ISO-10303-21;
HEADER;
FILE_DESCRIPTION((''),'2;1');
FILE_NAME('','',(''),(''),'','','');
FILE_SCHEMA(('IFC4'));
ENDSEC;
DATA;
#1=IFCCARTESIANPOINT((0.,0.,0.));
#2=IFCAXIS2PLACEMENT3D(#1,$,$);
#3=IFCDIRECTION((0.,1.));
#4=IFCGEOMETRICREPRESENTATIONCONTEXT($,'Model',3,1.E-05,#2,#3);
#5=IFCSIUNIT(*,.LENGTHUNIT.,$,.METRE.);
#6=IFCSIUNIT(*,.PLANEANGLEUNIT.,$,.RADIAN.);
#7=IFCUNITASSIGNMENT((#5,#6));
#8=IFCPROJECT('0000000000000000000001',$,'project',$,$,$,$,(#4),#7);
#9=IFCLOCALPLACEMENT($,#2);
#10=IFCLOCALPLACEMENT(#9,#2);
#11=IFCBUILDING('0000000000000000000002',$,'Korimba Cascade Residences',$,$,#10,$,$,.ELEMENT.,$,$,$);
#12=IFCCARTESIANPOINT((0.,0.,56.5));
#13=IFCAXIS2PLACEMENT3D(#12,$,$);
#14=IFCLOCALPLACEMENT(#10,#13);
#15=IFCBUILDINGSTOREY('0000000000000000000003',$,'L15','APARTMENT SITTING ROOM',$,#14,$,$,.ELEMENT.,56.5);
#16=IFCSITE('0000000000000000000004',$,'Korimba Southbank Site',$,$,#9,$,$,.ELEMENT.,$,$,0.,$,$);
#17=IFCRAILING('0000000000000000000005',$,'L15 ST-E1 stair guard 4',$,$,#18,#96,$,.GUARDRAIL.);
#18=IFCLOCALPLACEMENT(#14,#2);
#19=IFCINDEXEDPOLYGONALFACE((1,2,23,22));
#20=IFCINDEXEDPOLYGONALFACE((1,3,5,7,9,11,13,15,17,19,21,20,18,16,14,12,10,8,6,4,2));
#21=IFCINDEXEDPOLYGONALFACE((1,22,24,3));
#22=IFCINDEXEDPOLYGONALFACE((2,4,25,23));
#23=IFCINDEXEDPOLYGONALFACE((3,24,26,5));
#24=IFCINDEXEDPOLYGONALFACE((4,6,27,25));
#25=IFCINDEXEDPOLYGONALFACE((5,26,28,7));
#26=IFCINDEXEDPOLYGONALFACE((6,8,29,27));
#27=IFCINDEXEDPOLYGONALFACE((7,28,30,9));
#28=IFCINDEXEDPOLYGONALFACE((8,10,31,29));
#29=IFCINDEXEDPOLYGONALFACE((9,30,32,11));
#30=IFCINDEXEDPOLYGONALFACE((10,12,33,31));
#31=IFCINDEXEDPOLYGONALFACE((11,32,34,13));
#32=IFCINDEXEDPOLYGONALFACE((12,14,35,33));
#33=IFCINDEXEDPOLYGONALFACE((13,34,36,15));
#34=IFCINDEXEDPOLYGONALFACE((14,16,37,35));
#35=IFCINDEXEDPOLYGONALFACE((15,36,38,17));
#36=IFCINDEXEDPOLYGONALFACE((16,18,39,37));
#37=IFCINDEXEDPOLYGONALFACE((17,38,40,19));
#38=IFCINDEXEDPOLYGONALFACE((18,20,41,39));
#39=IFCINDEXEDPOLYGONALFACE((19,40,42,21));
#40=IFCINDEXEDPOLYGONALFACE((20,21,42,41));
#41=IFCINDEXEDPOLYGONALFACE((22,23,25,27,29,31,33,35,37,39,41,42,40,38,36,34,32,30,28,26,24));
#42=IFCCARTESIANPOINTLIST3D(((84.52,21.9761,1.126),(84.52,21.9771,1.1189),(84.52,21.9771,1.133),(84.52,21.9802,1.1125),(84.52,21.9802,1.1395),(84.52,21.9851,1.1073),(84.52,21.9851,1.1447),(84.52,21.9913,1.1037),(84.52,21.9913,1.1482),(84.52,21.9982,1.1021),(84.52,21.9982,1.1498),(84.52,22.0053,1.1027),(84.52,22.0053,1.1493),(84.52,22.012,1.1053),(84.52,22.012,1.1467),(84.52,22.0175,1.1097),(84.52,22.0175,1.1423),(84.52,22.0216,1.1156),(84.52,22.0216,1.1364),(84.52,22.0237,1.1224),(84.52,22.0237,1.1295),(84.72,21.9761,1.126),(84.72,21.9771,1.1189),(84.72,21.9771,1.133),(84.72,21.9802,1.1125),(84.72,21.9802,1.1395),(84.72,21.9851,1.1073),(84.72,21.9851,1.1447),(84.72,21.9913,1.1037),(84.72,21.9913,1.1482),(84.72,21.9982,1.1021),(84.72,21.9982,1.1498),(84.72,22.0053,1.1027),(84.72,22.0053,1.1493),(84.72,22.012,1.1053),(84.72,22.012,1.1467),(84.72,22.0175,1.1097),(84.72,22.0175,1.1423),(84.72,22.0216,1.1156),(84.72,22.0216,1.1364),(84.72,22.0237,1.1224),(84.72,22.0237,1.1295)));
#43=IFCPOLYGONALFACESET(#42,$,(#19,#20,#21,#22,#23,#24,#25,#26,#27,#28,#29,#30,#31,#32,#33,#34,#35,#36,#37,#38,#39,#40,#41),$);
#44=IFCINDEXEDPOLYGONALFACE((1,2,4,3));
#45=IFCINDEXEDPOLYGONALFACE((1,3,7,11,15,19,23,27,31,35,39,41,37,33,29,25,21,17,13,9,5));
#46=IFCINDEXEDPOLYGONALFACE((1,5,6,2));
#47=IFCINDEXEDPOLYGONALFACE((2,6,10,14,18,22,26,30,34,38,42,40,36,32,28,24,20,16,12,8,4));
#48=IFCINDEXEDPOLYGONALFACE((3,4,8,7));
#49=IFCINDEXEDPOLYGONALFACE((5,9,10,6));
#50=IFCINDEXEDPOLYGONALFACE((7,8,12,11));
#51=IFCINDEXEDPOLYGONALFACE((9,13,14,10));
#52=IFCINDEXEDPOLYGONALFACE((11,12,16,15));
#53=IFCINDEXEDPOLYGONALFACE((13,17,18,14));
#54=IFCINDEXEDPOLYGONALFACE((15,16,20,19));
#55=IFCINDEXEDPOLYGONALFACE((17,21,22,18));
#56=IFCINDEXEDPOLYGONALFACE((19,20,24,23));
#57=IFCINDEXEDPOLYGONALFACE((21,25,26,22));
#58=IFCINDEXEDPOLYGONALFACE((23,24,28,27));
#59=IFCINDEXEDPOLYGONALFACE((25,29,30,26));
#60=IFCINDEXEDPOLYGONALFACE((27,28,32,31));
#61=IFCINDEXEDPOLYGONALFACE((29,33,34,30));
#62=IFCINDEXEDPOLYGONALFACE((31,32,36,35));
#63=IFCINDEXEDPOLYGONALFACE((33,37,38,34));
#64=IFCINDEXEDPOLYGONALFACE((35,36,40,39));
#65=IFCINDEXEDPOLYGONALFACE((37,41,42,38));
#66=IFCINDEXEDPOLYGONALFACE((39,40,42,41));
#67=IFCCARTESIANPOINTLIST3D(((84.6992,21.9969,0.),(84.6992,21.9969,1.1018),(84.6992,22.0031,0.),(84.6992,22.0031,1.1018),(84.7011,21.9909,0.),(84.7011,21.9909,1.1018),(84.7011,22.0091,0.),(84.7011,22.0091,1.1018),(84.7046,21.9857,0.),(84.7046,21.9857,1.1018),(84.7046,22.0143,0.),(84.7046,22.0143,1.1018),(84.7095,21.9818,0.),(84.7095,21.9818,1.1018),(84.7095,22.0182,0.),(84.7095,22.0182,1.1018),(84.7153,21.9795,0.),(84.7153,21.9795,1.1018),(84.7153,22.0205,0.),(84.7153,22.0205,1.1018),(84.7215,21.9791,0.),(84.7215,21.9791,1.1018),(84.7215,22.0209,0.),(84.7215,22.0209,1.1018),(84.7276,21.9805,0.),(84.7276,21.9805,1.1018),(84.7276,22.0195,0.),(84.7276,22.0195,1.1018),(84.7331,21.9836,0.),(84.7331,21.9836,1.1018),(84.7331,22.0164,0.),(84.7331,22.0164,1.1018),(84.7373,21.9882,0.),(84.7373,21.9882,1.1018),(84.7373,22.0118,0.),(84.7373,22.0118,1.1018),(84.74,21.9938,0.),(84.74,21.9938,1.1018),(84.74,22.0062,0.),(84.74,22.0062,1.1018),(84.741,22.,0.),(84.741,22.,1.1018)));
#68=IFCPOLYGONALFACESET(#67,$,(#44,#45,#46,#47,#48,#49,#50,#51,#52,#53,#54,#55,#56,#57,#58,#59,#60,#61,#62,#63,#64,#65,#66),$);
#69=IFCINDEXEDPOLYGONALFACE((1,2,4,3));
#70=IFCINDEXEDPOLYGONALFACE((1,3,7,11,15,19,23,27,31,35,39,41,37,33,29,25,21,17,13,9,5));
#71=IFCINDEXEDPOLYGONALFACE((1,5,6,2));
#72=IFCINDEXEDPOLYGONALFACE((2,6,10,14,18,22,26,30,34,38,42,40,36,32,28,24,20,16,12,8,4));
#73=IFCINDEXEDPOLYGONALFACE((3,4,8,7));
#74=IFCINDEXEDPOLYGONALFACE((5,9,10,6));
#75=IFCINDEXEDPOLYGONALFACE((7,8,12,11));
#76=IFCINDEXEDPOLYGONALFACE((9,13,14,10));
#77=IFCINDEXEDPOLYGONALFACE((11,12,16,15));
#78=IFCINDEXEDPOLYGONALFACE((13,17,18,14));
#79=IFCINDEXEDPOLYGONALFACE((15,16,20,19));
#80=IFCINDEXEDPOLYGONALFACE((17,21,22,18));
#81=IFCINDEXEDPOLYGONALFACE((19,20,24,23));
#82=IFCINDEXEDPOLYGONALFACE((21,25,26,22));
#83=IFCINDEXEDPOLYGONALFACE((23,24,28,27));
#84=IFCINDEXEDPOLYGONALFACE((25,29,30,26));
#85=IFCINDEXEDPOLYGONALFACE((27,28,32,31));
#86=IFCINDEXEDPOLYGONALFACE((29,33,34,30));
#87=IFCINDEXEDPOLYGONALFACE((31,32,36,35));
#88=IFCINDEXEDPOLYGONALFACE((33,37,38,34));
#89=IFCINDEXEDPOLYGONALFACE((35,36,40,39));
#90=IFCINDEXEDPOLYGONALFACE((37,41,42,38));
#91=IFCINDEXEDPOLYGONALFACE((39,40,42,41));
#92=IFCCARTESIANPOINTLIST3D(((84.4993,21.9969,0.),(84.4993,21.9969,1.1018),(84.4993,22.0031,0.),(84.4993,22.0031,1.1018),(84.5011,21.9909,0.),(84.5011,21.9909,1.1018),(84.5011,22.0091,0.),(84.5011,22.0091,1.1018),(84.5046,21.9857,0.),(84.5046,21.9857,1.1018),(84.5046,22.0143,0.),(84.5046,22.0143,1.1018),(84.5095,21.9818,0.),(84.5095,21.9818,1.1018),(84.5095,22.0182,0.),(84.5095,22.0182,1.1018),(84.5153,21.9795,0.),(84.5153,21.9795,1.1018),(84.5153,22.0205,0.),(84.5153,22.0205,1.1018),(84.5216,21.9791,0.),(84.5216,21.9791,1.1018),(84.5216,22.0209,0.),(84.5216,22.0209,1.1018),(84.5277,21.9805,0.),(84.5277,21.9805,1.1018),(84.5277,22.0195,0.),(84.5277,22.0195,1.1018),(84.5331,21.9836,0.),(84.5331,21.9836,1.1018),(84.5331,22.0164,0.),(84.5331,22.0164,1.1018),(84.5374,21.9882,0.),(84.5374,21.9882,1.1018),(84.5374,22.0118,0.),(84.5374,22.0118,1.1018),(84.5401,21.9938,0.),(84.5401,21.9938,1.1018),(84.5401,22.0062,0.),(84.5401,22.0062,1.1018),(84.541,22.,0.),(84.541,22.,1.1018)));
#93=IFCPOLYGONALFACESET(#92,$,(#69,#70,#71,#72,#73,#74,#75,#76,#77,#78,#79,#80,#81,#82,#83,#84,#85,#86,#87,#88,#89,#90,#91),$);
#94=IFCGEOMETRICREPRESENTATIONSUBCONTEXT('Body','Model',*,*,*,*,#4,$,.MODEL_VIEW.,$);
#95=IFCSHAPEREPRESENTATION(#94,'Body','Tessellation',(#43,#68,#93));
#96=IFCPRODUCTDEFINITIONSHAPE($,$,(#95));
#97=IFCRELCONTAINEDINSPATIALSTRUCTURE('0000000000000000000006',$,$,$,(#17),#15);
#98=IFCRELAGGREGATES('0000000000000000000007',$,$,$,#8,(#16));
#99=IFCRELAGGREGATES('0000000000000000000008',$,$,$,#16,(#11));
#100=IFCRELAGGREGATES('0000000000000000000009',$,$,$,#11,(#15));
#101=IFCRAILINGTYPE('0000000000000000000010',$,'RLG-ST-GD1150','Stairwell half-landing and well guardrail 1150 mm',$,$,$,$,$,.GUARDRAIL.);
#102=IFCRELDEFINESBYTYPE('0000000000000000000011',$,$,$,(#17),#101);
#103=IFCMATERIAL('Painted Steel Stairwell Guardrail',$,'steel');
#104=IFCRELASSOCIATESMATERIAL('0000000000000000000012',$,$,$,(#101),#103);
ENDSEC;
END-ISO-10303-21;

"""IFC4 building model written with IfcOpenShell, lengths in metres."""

from ifc_helpers import new_model, si_unit, direction, frame, origin, origin_2d, place, context, subcontext, project, spatial, circle, extrude, material, type_object, element, save


model = new_model("IFC4")

# Units and contexts
model_context = context("Model", 3, precision=1e-05, world=origin(), true_north=direction((0.0, 1.0)))
body_context = subcontext(model_context, "Body", "Model", "MODEL_VIEW")
ifc_project = project(units=[si_unit("LENGTHUNIT", "METRE"), si_unit("PLANEANGLEUNIT", "RADIAN")], contexts=[model_context])

# Site, building, storey
site_placement = place(None, origin())
site = spatial("IfcSite", under=ifc_project, at=site_placement, Name="Korimba Southbank Site", CompositionType="ELEMENT", RefElevation=0.0)
building_placement = place(site_placement, origin())
building = spatial("IfcBuilding", under=site, at=building_placement, Name="Korimba Cascade Residences", CompositionType="ELEMENT")
storey_placement = place(building_placement, frame((0.0, 0.0, 56.5)))
storey = spatial("IfcBuildingStorey", under=building, at=storey_placement, Name="L15", Description="APARTMENT SITTING ROOM", CompositionType="ELEMENT", Elevation=56.5)

# Railing
ifc_material_1 = material(Name="Painted Steel Stairwell Guardrail", Category="steel")
railing_type_1 = type_object("IfcRailingType", Name="RLG-ST-GD1150", Description="Stairwell half-landing and well guardrail 1150 mm", PredefinedType="GUARDRAIL", material=ifc_material_1)
railing_1_placement = place(storey_placement, frame((84.72, 22.0, 0.0)))
element("IfcRailing", 1, at=railing_1_placement, inside=storey, type_object=railing_type_1, Name="L15 ST-E1 stair guard 4", PredefinedType="GUARDRAIL", context=body_context, shape_type="SweptSolid", body=[
    extrude(circle(Radius=0.0239, at=origin_2d()), frame((0.0, 0.0, 1.126), z_axis=(-1.0, 0.0, 0.0), x_axis=(0.0, -1.0, 0.0)), (0.0, 0.0, 1.0), 0.2),
    extrude(circle(Radius=0.021, at=origin_2d()), origin(), (0.0, 0.0, 1.0), 1.1018),
    extrude(circle(Radius=0.021, at=origin_2d()), frame((-0.2, 0.0, 0.0)), (0.0, 0.0, 1.0), 1.1018),
])

save(model, "model.ifc")
